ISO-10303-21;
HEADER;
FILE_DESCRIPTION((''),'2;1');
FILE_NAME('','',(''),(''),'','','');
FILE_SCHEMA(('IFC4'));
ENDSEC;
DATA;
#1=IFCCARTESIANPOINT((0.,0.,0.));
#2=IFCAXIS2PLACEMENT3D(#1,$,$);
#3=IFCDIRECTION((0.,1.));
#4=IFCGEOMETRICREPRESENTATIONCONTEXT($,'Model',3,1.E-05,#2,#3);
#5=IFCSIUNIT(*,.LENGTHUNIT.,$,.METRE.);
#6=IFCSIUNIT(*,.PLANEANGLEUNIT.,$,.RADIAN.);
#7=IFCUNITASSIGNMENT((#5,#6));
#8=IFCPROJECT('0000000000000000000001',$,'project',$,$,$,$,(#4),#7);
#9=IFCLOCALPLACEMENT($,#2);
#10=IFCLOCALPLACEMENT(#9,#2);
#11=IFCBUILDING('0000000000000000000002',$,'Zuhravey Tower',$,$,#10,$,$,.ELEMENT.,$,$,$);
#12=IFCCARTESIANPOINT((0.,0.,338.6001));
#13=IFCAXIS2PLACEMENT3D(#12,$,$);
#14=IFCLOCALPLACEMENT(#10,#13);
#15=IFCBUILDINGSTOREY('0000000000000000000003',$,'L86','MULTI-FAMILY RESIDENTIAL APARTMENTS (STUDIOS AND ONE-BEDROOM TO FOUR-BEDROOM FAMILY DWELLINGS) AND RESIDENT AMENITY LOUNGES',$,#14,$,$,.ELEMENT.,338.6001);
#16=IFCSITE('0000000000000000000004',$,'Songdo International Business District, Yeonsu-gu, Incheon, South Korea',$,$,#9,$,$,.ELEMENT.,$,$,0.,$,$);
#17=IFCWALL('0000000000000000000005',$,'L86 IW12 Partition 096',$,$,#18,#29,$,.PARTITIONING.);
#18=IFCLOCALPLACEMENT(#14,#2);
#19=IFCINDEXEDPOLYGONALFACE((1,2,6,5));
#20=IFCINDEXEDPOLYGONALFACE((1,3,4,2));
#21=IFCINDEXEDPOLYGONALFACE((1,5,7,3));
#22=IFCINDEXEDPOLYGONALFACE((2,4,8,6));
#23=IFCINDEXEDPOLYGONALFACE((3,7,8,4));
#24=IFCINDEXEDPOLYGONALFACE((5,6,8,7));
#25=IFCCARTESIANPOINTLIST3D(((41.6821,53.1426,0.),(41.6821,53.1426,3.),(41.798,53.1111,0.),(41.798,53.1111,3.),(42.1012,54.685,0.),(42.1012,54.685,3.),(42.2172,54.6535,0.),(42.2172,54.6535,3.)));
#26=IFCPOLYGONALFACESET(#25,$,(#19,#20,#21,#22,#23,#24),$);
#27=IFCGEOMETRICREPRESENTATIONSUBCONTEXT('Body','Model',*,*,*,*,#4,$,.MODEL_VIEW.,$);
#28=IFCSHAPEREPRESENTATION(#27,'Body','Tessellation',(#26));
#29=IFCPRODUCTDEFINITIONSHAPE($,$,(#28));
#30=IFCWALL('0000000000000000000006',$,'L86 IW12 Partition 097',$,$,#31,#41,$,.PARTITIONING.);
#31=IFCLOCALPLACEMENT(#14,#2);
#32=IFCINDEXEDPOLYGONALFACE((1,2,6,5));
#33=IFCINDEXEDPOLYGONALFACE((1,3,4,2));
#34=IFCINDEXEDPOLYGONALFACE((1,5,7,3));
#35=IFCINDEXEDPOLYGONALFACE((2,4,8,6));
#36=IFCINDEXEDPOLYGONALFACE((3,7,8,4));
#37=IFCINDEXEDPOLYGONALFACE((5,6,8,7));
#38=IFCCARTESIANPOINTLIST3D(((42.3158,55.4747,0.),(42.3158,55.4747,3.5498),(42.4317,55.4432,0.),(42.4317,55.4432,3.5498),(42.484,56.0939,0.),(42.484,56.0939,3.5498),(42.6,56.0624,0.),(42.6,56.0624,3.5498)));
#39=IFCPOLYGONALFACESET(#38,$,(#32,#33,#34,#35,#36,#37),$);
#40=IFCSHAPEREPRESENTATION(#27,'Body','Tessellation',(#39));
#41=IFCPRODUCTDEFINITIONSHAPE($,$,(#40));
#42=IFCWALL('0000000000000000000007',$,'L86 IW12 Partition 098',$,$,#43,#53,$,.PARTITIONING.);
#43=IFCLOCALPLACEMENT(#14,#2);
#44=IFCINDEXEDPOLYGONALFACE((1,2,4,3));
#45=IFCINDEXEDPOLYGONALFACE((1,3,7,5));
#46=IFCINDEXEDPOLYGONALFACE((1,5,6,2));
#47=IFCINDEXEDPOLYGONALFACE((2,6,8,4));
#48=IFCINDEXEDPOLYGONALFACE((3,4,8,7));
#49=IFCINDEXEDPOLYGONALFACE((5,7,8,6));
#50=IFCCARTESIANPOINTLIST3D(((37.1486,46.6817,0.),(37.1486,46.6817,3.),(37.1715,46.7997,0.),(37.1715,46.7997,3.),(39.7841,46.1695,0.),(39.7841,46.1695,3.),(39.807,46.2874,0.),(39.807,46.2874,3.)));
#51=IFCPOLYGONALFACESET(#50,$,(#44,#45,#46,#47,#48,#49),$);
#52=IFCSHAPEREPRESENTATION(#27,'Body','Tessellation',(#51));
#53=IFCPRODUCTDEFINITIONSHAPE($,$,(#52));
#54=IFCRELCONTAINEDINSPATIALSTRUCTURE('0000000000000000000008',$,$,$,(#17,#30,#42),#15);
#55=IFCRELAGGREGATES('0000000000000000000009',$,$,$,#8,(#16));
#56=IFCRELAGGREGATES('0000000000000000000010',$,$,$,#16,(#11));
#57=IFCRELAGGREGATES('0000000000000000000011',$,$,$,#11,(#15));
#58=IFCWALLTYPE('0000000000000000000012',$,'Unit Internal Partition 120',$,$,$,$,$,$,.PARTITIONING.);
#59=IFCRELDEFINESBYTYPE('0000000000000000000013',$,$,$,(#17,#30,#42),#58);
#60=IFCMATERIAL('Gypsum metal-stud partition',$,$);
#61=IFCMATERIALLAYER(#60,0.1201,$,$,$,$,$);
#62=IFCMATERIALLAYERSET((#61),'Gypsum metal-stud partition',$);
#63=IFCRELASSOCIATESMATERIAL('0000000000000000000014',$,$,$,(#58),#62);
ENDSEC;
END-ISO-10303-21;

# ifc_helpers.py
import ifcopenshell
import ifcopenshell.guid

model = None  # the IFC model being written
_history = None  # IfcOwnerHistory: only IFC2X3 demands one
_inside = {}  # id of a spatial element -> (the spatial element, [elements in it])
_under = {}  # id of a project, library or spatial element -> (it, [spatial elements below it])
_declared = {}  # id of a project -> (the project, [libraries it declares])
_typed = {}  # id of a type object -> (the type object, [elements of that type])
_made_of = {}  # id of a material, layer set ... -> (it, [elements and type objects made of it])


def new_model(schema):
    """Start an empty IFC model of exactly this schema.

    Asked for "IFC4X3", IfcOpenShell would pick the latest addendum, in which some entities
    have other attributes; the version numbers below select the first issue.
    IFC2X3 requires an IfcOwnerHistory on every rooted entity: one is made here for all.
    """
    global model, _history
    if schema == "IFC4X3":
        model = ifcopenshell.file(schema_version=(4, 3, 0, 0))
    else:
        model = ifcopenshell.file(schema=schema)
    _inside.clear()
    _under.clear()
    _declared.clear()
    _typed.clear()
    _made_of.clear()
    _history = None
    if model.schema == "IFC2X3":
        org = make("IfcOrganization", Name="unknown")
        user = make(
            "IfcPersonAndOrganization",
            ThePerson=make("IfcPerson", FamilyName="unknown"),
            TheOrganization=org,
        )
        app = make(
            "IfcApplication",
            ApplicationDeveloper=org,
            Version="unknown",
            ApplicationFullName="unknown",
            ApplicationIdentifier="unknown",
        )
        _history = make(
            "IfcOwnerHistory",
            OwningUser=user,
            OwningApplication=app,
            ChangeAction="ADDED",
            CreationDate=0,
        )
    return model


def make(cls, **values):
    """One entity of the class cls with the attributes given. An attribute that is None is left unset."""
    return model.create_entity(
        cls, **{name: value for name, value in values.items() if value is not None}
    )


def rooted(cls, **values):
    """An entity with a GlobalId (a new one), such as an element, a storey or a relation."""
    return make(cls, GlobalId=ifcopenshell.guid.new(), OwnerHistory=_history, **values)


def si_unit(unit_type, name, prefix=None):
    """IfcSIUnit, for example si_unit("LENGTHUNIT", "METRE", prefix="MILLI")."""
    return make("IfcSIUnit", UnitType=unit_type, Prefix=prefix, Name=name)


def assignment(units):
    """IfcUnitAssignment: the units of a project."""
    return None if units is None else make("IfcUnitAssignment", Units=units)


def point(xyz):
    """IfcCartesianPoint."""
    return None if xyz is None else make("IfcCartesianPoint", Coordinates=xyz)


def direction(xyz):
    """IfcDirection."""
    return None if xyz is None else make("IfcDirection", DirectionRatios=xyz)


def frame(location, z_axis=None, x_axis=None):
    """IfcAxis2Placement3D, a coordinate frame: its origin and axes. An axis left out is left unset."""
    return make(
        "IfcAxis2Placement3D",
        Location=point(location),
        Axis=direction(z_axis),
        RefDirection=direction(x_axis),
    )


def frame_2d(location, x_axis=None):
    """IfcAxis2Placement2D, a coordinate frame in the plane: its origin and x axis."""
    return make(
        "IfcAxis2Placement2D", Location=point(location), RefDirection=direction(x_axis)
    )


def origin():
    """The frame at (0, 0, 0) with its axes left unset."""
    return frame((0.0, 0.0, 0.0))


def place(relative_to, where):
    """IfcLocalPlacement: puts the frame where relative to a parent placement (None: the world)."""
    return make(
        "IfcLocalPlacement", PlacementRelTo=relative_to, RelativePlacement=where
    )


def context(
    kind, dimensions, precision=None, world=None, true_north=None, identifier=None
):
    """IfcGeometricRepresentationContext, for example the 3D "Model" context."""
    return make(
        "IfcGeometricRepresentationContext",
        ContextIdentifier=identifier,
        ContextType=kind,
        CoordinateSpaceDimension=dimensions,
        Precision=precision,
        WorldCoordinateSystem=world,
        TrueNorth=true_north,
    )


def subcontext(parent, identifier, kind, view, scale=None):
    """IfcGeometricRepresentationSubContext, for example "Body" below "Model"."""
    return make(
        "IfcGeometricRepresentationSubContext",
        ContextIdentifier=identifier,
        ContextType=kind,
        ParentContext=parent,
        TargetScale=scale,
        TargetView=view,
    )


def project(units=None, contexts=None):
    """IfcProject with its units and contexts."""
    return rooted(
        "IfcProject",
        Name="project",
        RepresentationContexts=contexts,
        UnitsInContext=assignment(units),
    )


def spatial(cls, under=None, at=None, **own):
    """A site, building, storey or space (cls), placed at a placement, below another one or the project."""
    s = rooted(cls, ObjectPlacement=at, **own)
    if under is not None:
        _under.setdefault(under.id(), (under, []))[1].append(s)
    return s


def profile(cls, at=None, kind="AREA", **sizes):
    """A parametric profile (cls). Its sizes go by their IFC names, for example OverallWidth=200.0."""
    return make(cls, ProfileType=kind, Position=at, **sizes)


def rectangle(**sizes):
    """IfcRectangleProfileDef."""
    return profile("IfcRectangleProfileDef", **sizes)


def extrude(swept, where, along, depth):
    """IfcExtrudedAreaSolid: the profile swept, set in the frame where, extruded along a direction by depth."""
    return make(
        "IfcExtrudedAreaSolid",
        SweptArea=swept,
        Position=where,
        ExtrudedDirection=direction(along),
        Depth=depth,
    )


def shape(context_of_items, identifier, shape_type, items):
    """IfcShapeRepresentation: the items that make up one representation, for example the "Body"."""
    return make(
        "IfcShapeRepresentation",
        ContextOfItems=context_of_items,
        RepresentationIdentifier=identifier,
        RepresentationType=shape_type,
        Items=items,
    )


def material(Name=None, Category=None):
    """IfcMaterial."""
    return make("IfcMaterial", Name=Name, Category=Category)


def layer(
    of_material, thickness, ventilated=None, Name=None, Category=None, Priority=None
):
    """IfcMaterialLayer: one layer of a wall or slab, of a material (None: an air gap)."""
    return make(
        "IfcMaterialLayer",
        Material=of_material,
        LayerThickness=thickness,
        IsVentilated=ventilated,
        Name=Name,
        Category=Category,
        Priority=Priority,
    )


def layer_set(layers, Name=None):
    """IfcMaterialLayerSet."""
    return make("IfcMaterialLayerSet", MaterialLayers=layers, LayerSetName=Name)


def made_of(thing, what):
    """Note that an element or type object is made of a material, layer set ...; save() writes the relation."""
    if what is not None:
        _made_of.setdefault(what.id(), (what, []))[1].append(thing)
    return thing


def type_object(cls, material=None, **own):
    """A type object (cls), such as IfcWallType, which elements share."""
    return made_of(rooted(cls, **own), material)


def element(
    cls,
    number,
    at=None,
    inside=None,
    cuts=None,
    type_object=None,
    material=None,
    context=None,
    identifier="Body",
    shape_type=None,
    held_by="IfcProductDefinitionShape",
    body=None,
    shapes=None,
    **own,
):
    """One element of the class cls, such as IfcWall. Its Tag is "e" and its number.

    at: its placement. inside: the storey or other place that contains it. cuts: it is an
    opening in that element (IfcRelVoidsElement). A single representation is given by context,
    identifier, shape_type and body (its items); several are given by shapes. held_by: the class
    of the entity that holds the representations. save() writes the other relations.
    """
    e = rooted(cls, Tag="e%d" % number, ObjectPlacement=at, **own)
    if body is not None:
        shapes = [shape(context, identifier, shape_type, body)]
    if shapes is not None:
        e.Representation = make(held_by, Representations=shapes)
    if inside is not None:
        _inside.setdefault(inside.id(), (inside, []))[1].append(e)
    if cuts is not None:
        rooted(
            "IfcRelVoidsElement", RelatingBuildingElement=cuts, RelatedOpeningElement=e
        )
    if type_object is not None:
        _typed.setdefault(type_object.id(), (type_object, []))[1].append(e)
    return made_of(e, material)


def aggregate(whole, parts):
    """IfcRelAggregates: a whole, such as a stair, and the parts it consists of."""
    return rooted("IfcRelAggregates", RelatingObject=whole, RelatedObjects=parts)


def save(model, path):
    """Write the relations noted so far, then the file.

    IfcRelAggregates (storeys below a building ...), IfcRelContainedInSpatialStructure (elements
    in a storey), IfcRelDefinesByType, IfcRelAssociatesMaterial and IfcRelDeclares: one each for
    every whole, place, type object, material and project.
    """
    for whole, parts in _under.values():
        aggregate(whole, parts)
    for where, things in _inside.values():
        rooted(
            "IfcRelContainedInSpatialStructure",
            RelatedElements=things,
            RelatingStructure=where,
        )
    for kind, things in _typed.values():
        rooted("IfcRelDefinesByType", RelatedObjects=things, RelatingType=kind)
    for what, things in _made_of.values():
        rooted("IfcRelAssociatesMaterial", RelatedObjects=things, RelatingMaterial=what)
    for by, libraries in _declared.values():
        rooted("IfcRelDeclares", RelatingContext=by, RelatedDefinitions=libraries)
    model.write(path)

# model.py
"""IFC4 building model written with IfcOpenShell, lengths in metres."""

from ifc_helpers import new_model, si_unit, direction, frame, frame_2d, origin, place, context, subcontext, project, spatial, rectangle, extrude, material, layer, layer_set, type_object, element, save


model = new_model("IFC4")

# Units and contexts
model_context = context("Model", 3, precision=1e-05, world=origin(), true_north=direction((0.0, 1.0)))
body_context = subcontext(model_context, "Body", "Model", "MODEL_VIEW")
ifc_project = project(units=[si_unit("LENGTHUNIT", "METRE"), si_unit("PLANEANGLEUNIT", "RADIAN")], contexts=[model_context])

# Site, building, storey
site_placement = place(None, origin())
site = spatial("IfcSite", under=ifc_project, at=site_placement, Name="Songdo International Business District, Yeonsu-gu, Incheon, South Korea", CompositionType="ELEMENT", RefElevation=0.0)
building_placement = place(site_placement, origin())
building = spatial("IfcBuilding", under=site, at=building_placement, Name="Zuhravey Tower", CompositionType="ELEMENT")
storey_placement = place(building_placement, frame((0.0, 0.0, 338.6001)))
storey = spatial("IfcBuildingStorey", under=building, at=storey_placement, Name="L86", Description="MULTI-FAMILY RESIDENTIAL APARTMENTS (STUDIOS AND ONE-BEDROOM TO FOUR-BEDROOM FAMILY DWELLINGS) AND RESIDENT AMENITY LOUNGES", CompositionType="ELEMENT", Elevation=338.6001)

# Shared definitions
ifc_material_1 = material(Name="Gypsum metal-stud partition")
ifc_layer_1 = layer(ifc_material_1, 0.1201)
ifc_layer_set_1 = layer_set([ifc_layer_1], Name="Gypsum metal-stud partition")
wall_type_1 = type_object("IfcWallType", Name="Unit Internal Partition 120", PredefinedType="PARTITIONING", material=ifc_layer_set_1)

# Walls
wall_1_placement = place(storey_placement, frame((41.74, 53.1267, 0.0), z_axis=(0.0, 0.0, 1.0), x_axis=(0.262251, 0.965, 0.0)))
element("IfcWall", 1, at=wall_1_placement, inside=storey, type_object=wall_type_1, Name="L86 IW12 Partition 096", PredefinedType="PARTITIONING", context=body_context, shape_type="SweptSolid", body=[
    extrude(rectangle(XDim=1.5984, YDim=0.1201, at=frame_2d((0.7993, 0.0))), origin(), (0.0, 0.0, 1.0), 3.0),
])
wall_2_placement = place(storey_placement, frame((42.3738, 55.459, 0.0), z_axis=(0.0, 0.0, 1.0), x_axis=(0.262184, 0.965018, 0.0)))
element("IfcWall", 2, at=wall_2_placement, inside=storey, type_object=wall_type_1, Name="L86 IW12 Partition 097", PredefinedType="PARTITIONING", context=body_context, shape_type="SweptSolid", body=[
    extrude(rectangle(XDim=0.6416, YDim=0.1201, at=frame_2d((0.3208, 0.0))), origin(), (0.0, 0.0, 1.0), 3.5498),
])
wall_3_placement = place(storey_placement, frame((39.7954, 46.2285, 0.0), z_axis=(0.0, 0.0, 1.0), x_axis=(-0.981633, 0.19078, 0.0)))
element("IfcWall", 3, at=wall_3_placement, inside=storey, type_object=wall_type_1, Name="L86 IW12 Partition 098", PredefinedType="PARTITIONING", context=body_context, shape_type="SweptSolid", body=[
    extrude(rectangle(XDim=2.6848, YDim=0.1201, at=frame_2d((1.3423, 0.0))), origin(), (0.0, 0.0, 1.0), 3.0),
])

save(model, "model.ifc")
